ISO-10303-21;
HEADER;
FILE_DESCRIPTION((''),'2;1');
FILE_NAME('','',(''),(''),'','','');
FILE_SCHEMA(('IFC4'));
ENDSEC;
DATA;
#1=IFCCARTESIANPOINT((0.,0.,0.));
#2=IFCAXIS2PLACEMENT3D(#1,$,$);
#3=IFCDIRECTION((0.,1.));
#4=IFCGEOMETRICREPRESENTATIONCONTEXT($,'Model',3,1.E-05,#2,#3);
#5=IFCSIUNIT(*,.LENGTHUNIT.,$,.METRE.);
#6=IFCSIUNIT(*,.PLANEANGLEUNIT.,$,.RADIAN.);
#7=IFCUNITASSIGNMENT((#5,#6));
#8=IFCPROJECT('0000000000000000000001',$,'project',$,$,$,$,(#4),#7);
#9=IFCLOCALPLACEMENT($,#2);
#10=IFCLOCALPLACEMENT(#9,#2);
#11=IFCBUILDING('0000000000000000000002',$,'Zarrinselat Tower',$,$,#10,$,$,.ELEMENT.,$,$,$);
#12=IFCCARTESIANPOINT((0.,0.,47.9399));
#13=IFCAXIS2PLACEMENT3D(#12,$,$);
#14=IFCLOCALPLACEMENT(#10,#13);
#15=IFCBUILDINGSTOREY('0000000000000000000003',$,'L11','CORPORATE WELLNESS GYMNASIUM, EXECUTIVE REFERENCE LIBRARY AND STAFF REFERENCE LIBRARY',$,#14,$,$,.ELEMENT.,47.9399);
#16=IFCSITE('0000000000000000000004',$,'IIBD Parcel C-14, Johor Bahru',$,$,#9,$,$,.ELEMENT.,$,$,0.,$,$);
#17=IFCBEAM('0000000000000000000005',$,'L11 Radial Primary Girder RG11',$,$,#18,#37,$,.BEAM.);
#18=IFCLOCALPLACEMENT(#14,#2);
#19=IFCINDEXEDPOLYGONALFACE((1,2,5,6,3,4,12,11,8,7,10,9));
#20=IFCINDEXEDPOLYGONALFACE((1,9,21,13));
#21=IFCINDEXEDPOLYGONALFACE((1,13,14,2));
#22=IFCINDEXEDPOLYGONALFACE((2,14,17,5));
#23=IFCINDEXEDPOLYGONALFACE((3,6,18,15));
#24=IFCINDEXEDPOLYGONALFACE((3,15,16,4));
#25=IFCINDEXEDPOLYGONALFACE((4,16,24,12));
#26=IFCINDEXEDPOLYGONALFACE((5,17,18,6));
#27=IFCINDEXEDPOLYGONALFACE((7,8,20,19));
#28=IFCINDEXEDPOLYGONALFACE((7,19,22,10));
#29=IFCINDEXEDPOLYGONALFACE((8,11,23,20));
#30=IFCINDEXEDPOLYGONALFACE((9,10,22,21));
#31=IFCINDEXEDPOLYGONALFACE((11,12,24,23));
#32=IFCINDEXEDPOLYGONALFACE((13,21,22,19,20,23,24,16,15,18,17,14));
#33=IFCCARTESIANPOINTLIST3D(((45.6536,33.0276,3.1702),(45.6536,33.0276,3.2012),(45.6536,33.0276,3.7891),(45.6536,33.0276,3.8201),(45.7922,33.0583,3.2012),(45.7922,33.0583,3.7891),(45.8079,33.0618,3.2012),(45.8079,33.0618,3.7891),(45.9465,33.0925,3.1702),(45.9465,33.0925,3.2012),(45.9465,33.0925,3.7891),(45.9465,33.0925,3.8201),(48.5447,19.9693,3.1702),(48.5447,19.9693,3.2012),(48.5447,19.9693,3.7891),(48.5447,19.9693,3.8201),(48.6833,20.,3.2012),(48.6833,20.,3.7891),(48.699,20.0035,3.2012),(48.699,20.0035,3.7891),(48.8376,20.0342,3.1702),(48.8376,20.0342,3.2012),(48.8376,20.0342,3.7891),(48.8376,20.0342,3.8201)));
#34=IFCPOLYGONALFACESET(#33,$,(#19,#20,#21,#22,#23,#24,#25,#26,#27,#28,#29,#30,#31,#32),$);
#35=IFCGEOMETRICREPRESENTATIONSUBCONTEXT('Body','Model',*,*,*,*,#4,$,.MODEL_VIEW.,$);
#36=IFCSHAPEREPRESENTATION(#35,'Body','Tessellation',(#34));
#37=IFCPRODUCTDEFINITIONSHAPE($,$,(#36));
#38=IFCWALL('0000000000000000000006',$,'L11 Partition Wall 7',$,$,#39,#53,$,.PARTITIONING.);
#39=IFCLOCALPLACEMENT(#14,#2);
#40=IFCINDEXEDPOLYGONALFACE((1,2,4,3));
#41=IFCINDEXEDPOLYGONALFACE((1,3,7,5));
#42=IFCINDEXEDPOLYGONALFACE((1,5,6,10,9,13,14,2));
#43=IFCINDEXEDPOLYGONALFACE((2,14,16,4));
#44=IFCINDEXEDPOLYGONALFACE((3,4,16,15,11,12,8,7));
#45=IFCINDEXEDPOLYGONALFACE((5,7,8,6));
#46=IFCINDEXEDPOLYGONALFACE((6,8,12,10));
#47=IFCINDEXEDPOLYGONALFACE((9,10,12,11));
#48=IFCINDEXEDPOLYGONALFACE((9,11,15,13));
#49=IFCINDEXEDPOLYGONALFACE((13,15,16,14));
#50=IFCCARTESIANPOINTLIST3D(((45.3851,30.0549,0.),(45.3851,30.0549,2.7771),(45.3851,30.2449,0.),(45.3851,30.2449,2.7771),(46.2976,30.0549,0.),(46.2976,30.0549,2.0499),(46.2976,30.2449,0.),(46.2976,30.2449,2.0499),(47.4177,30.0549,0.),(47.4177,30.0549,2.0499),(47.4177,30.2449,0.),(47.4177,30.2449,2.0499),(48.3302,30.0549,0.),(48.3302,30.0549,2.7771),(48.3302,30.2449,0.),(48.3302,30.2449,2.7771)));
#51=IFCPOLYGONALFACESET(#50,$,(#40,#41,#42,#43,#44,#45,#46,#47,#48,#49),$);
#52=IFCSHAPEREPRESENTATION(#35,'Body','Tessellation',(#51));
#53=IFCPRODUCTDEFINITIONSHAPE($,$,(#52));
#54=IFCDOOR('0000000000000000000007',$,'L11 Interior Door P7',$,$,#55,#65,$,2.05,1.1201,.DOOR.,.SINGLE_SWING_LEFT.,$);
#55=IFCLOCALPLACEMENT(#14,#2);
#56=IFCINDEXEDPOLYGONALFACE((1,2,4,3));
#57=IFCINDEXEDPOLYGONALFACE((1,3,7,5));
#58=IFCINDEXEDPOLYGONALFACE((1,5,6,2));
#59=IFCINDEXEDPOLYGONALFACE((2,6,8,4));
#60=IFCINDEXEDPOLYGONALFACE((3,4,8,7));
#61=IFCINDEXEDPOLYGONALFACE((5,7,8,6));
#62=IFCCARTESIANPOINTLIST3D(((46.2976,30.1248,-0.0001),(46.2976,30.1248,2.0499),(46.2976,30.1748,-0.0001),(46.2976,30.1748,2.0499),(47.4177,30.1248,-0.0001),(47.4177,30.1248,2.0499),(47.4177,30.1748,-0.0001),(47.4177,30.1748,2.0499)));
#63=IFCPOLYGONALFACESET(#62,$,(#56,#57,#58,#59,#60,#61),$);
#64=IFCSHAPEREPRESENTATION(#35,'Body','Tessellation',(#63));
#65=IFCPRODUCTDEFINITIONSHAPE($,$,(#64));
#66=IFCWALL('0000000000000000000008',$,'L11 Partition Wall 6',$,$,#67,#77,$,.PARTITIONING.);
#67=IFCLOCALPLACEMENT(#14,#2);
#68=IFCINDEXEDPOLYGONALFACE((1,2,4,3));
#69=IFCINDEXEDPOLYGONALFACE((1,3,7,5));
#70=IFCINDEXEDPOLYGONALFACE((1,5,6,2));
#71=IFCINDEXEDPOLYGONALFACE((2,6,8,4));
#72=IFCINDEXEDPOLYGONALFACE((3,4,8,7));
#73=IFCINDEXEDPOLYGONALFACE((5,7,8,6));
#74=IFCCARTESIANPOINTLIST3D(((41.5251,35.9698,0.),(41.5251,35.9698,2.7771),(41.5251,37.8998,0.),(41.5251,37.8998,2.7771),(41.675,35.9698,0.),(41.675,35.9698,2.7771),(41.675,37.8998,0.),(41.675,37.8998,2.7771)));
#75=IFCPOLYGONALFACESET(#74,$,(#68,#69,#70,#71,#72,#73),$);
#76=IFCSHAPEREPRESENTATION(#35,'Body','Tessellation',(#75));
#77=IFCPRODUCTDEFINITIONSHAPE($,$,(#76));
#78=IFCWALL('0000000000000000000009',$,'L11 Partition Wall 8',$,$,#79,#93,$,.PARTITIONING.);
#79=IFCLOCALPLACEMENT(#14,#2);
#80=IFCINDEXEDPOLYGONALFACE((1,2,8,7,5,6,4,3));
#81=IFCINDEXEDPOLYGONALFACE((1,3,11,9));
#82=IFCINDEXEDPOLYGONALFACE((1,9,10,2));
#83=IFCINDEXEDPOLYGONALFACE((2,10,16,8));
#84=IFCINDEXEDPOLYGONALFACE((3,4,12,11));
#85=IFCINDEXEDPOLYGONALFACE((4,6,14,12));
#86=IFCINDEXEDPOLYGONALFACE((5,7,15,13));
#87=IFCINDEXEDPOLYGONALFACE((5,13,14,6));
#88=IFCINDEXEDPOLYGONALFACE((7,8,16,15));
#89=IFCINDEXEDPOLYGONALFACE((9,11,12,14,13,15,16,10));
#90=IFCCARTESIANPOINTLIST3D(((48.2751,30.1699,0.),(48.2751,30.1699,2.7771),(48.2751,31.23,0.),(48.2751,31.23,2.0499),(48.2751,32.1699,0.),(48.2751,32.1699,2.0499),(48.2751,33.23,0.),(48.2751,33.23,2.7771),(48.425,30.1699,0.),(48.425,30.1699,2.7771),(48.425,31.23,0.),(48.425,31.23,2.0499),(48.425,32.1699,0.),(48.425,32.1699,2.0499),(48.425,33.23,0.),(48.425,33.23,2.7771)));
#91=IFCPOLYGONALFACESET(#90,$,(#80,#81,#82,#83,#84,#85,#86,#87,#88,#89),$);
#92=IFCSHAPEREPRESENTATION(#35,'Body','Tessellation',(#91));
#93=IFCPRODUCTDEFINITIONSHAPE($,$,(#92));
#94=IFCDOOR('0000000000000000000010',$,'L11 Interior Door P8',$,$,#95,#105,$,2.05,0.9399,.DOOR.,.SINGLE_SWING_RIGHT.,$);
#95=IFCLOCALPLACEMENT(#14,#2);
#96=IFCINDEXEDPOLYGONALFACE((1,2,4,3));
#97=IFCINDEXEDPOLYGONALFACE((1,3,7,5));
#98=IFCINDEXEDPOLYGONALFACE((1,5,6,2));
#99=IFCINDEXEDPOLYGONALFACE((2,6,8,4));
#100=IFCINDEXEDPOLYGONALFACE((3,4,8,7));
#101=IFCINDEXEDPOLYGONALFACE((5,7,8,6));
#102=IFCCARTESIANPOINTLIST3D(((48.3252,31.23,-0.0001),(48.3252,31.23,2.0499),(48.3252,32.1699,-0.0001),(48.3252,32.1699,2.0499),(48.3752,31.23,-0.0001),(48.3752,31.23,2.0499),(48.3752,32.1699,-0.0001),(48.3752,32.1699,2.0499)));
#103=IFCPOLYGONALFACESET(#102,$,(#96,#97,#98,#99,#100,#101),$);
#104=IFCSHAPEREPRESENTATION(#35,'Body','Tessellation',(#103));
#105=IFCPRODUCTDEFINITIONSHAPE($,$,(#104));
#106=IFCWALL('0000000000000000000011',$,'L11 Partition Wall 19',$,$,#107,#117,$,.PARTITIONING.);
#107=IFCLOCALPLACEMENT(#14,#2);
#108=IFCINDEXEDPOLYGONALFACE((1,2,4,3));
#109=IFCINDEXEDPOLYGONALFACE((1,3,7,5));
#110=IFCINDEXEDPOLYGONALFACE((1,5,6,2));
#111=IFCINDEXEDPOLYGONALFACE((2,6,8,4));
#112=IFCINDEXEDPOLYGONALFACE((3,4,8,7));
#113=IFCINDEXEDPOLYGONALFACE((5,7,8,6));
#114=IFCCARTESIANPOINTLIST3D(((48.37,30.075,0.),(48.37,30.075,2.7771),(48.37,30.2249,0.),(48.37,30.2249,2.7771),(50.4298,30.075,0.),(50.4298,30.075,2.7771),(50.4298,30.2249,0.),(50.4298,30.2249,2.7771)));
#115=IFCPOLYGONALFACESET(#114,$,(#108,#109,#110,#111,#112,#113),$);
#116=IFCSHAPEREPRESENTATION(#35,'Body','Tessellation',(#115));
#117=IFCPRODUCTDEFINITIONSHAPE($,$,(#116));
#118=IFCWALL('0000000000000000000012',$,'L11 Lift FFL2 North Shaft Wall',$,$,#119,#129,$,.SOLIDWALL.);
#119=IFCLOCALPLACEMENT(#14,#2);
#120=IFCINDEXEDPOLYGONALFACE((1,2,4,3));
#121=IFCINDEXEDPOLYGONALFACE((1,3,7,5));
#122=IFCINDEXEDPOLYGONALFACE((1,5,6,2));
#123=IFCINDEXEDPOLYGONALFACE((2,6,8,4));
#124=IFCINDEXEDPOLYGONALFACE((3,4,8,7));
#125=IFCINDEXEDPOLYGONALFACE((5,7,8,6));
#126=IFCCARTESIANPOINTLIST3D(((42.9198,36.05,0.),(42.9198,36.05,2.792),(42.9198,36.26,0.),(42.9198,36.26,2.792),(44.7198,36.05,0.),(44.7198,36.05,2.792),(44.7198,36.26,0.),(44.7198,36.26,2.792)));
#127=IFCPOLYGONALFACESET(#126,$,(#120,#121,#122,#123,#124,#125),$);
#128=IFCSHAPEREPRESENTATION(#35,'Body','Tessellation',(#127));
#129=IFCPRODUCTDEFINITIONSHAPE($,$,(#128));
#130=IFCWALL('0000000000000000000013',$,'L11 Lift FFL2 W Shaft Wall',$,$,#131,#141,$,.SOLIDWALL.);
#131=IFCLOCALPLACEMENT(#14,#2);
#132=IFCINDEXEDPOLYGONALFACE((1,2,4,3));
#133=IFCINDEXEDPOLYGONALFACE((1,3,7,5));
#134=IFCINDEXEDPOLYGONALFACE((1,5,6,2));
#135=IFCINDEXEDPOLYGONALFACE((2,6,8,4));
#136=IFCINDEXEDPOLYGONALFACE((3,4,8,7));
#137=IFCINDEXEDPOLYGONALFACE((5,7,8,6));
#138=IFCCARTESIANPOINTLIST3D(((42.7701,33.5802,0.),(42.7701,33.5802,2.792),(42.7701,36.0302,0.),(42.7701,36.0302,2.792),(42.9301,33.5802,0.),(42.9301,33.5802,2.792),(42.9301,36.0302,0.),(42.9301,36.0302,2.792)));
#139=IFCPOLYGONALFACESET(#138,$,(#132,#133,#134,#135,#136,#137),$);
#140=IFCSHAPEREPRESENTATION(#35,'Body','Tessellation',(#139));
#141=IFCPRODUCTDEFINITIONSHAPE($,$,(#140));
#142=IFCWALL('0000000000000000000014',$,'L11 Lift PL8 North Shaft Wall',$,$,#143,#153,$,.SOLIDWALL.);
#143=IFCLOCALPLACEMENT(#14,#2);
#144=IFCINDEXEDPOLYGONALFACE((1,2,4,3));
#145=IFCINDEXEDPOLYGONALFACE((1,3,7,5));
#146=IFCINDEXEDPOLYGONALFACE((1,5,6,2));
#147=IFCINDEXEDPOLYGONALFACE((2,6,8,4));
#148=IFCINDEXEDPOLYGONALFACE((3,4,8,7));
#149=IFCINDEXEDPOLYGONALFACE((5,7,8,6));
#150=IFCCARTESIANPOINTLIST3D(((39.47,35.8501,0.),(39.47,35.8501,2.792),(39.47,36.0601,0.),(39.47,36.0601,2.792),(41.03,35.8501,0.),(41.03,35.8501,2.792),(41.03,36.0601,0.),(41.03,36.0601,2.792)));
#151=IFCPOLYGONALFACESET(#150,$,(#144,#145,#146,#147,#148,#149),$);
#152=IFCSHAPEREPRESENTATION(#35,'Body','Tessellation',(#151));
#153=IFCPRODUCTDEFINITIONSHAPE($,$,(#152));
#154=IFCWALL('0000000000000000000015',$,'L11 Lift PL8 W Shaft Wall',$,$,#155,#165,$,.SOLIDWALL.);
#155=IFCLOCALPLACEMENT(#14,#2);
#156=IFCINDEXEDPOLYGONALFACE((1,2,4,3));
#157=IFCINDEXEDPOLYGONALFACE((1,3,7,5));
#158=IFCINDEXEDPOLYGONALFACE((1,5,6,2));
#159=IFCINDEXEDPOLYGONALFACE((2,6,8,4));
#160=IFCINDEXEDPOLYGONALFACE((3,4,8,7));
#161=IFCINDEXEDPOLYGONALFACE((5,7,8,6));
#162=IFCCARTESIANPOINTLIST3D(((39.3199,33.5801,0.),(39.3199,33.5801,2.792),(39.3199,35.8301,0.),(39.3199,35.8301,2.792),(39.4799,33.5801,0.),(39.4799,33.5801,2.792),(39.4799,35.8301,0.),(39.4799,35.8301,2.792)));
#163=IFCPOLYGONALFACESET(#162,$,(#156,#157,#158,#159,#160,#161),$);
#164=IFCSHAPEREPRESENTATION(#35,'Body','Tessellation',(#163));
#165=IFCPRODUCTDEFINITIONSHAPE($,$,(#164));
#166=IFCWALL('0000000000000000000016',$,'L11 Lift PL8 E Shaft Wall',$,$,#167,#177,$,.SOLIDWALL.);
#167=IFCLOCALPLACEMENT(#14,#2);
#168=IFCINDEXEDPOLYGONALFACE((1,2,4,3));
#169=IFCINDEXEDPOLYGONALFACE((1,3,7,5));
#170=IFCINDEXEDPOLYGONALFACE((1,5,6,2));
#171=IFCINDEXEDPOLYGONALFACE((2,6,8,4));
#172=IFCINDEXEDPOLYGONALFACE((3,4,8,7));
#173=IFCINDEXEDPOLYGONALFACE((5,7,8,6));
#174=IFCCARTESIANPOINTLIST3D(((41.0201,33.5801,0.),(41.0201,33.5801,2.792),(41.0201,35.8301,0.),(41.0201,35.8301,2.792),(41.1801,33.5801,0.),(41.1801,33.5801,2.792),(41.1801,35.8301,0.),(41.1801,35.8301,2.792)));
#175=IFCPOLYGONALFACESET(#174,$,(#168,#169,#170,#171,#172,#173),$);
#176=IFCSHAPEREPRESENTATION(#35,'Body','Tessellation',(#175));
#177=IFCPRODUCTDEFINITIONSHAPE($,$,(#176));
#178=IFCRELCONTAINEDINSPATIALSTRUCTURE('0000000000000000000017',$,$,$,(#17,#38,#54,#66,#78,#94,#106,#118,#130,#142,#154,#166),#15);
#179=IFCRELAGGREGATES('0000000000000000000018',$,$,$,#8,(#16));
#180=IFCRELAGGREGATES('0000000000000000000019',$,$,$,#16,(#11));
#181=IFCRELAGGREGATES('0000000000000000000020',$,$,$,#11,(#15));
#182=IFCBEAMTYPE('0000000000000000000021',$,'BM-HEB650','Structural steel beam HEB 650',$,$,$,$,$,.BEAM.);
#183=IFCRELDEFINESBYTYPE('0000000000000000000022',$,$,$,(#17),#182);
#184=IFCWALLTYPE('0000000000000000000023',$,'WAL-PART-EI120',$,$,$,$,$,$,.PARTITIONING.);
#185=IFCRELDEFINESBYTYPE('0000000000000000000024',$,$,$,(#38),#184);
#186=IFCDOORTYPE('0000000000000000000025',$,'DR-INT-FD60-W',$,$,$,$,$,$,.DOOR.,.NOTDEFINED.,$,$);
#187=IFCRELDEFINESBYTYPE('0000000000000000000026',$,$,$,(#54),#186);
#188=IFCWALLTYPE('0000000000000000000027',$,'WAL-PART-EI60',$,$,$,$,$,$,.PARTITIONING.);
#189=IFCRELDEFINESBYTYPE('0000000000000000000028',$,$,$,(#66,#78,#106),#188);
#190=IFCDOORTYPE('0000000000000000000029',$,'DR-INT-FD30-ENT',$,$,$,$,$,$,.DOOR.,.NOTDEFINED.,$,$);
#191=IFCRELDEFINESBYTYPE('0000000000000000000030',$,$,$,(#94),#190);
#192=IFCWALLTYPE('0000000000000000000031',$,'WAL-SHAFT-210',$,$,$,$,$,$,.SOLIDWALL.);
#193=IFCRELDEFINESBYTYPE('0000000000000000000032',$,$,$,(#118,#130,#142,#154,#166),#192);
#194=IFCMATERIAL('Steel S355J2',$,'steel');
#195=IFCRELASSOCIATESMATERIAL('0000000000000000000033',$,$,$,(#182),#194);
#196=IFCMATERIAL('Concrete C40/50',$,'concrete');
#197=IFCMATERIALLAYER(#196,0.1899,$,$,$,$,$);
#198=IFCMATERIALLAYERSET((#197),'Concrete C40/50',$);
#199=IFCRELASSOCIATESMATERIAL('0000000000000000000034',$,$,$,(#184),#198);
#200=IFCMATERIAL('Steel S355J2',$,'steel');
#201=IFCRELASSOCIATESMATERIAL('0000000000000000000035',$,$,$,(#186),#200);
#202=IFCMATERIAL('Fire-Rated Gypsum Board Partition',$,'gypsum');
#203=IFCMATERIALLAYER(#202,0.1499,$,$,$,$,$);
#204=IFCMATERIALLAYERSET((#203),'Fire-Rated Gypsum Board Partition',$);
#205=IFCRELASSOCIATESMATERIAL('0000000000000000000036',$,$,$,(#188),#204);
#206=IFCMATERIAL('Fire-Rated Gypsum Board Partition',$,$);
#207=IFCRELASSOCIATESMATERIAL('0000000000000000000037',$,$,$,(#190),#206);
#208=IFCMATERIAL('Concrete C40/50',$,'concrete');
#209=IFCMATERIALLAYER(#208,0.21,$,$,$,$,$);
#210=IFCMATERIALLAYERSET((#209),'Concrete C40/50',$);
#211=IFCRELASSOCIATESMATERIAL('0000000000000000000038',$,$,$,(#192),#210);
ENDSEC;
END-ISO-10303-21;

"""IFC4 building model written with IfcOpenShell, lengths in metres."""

from ifc_helpers import new_model, si_unit, direction, frame, frame_2d, origin, origin_2d, place, context, subcontext, project, spatial, rectangle, i_section, extrude, material, layer, layer_set, material_profile, profile_set, type_object, element, fill, save


model = new_model("IFC4")

# Units and contexts
model_context = context("Model", 3, precision=1e-05, world=origin(), true_north=direction((0.0, 1.0)))
body_context = subcontext(model_context, "Body", "Model", "MODEL_VIEW")
ifc_project = project(units=[si_unit("LENGTHUNIT", "METRE"), si_unit("PLANEANGLEUNIT", "RADIAN")], contexts=[model_context])

# Site, building, storey
site_placement = place(None, origin())
site = spatial("IfcSite", under=ifc_project, at=site_placement, Name="IIBD Parcel C-14, Johor Bahru", CompositionType="ELEMENT", RefElevation=0.0)
building_placement = place(site_placement, origin())
building = spatial("IfcBuilding", under=site, at=building_placement, Name="Zarrinselat Tower", CompositionType="ELEMENT")
storey_placement = place(building_placement, frame((0.0, 0.0, 47.9399)))
storey = spatial("IfcBuildingStorey", under=building, at=storey_placement, Name="L11", Description="CORPORATE WELLNESS GYMNASIUM, EXECUTIVE REFERENCE LIBRARY AND STAFF REFERENCE LIBRARY", CompositionType="ELEMENT", Elevation=47.9399)

# Beam
ifc_material_1 = material(Name="Steel S355J2", Category="steel")
ifc_material_profile = material_profile(ifc_material_1, i_section(OverallWidth=0.3, OverallDepth=0.6499, WebThickness=0.0161, FlangeThickness=0.031, at=origin_2d()), Name="HEB 650")
ifc_profile_set = profile_set([ifc_material_profile], Name="Steel S355J2")
beam_type = type_object("IfcBeamType", Name="BM-HEB650", Description="Structural steel beam HEB 650", PredefinedType="BEAM", material=ifc_profile_set)
beam_placement = place(storey_placement, frame((45.8, 33.0601, 3.4951), z_axis=(0.216165, -0.976357, 0.0), x_axis=(0.976357, 0.216165, 0.0)))
element("IfcBeam", 1, at=beam_placement, inside=storey, type_object=beam_type, Name="L11 Radial Primary Girder RG11", PredefinedType="BEAM", context=body_context, shape_type="SweptSolid", body=[
    extrude(i_section(OverallWidth=0.3, OverallDepth=0.6499, WebThickness=0.0161, FlangeThickness=0.031, at=origin_2d()), origin(), (0.0, 0.0, 1.0), 13.3745),
])

# Wall, opening, door
ifc_material_2 = material(Name="Concrete C40/50", Category="concrete")
ifc_layer_1 = layer(ifc_material_2, 0.1899)
ifc_layer_set_1 = layer_set([ifc_layer_1], Name="Concrete C40/50")
wall_type_1 = type_object("IfcWallType", Name="WAL-PART-EI120", PredefinedType="PARTITIONING", material=ifc_layer_set_1)
wall_1_placement = place(storey_placement, frame((45.385, 30.1499, 0.0), z_axis=(0.0, 0.0, 1.0), x_axis=(1.0, 0.0, 0.0)))
wall_1 = element("IfcWall", 2, at=wall_1_placement, inside=storey, type_object=wall_type_1, Name="L11 Partition Wall 7", PredefinedType="PARTITIONING", context=body_context, shape_type="SweptSolid", body=[
    extrude(rectangle(XDim=2.9451, YDim=0.1899, at=frame_2d((1.4727, 0.0))), origin(), (0.0, 0.0, 1.0), 2.7771),
])
opening_1_placement = place(wall_1_placement, frame((0.9126, 0.0, 0.0)))
opening_1 = element("IfcOpeningElement", 3, at=opening_1_placement, cuts=wall_1, PredefinedType="OPENING", context=body_context, shape_type="SweptSolid", body=[
    extrude(rectangle(XDim=1.1201, YDim=2.05, at=frame_2d((0.5601, 1.0249))), frame((0.0, 0.105, 0.0), z_axis=(0.0, -1.0, 0.0), x_axis=(1.0, 0.0, 0.0)), (0.0, 0.0, 1.0), 0.21),
])
ifc_material_3 = material(Name="Steel S355J2", Category="steel")
door_type_1 = type_object("IfcDoorType", Name="DR-INT-FD60-W", OperationType="NOTDEFINED", PredefinedType="DOOR", material=ifc_material_3)
door_1_placement = place(opening_1_placement, origin())
door_1 = element("IfcDoor", 4, at=door_1_placement, inside=storey, type_object=door_type_1, Name="L11 Interior Door P7", OperationType="SINGLE_SWING_LEFT", OverallHeight=2.05, OverallWidth=1.1201, PredefinedType="DOOR", context=body_context, shape_type="SweptSolid", body=[
    extrude(rectangle(XDim=1.1201, YDim=2.05, at=frame_2d((0.5601, 1.0249))), frame((0.0, 0.0249, 0.0), z_axis=(0.0, -1.0, 0.0), x_axis=(1.0, 0.0, 0.0)), (0.0, 0.0, 1.0), 0.05),
])
fill(opening_1, door_1)

# Wall
ifc_material_4 = material(Name="Fire-Rated Gypsum Board Partition", Category="gypsum")
ifc_layer_2 = layer(ifc_material_4, 0.1499)
ifc_layer_set_2 = layer_set([ifc_layer_2], Name="Fire-Rated Gypsum Board Partition")
wall_type_2 = type_object("IfcWallType", Name="WAL-PART-EI60", PredefinedType="PARTITIONING", material=ifc_layer_set_2)
wall_2_placement = place(storey_placement, frame((41.6001, 35.97, 0.0), z_axis=(0.0, 0.0, 1.0), x_axis=(0.0, 1.0, 0.0)))
element("IfcWall", 5, at=wall_2_placement, inside=storey, type_object=wall_type_2, Name="L11 Partition Wall 6", PredefinedType="PARTITIONING", context=body_context, shape_type="SweptSolid", body=[
    extrude(rectangle(XDim=1.9299, YDim=0.1499, at=frame_2d((0.9648, 0.0))), origin(), (0.0, 0.0, 1.0), 2.7771),
])

# Wall, opening, door
wall_3_placement = place(storey_placement, frame((48.3501, 30.1699, 0.0), z_axis=(0.0, 0.0, 1.0), x_axis=(0.0, 1.0, 0.0)))
wall_3 = element("IfcWall", 6, at=wall_3_placement, inside=storey, type_object=wall_type_2, Name="L11 Partition Wall 8", PredefinedType="PARTITIONING", context=body_context, shape_type="SweptSolid", body=[
    extrude(rectangle(XDim=3.0601, YDim=0.1499, at=frame_2d((1.53, 0.0))), origin(), (0.0, 0.0, 1.0), 2.7771),
])
opening_2_placement = place(wall_3_placement, frame((1.0601, 0.0, 0.0)))
opening_2 = element("IfcOpeningElement", 7, at=opening_2_placement, cuts=wall_3, PredefinedType="OPENING", context=body_context, shape_type="SweptSolid", body=[
    extrude(rectangle(XDim=0.9399, YDim=2.05, at=frame_2d((0.47, 1.0249))), frame((0.0, 0.085, 0.0), z_axis=(0.0, -1.0, 0.0), x_axis=(1.0, 0.0, 0.0)), (0.0, 0.0, 1.0), 0.1699),
])
ifc_material_5 = material(Name="Fire-Rated Gypsum Board Partition")
door_type_2 = type_object("IfcDoorType", Name="DR-INT-FD30-ENT", OperationType="NOTDEFINED", PredefinedType="DOOR", material=ifc_material_5)
door_2_placement = place(opening_2_placement, origin())
door_2 = element("IfcDoor", 8, at=door_2_placement, inside=storey, type_object=door_type_2, Name="L11 Interior Door P8", OperationType="SINGLE_SWING_RIGHT", OverallHeight=2.05, OverallWidth=0.9399, PredefinedType="DOOR", context=body_context, shape_type="SweptSolid", body=[
    extrude(rectangle(XDim=0.9399, YDim=2.05, at=frame_2d((0.47, 1.0249))), frame((0.0, 0.0249, 0.0), z_axis=(0.0, -1.0, 0.0), x_axis=(1.0, 0.0, 0.0)), (0.0, 0.0, 1.0), 0.05),
])
fill(opening_2, door_2)

# Walls
wall_4_placement = place(storey_placement, frame((48.3701, 30.1499, 0.0), z_axis=(0.0, 0.0, 1.0), x_axis=(1.0, 0.0, 0.0)))
element("IfcWall", 9, at=wall_4_placement, inside=storey, type_object=wall_type_2, Name="L11 Partition Wall 19", PredefinedType="PARTITIONING", context=body_context, shape_type="SweptSolid", body=[
    extrude(rectangle(XDim=2.0598, YDim=0.1499, at=frame_2d((1.0298, 0.0))), origin(), (0.0, 0.0, 1.0), 2.7771),
])
ifc_material_6 = material(Name="Concrete C40/50", Category="concrete")
ifc_layer_3 = layer(ifc_material_6, 0.21)
ifc_layer_set_3 = layer_set([ifc_layer_3], Name="Concrete C40/50")
wall_type_3 = type_object("IfcWallType", Name="WAL-SHAFT-210", PredefinedType="SOLIDWALL", material=ifc_layer_set_3)
wall_5_placement = place(storey_placement, frame((42.9199, 36.155, 0.0), z_axis=(0.0, 0.0, 1.0), x_axis=(1.0, 0.0, 0.0)))
element("IfcWall", 10, at=wall_5_placement, inside=storey, type_object=wall_type_3, Name="L11 Lift FFL2 North Shaft Wall", PredefinedType="SOLIDWALL", context=body_context, shape_type="SweptSolid", body=[
    extrude(rectangle(XDim=1.8, YDim=0.21, at=frame_2d((0.8999, 0.0))), origin(), (0.0, 0.0, 1.0), 2.792),
])
wall_6_placement = place(storey_placement, frame((42.8501, 33.5801, 0.0), z_axis=(0.0, 0.0, 1.0), x_axis=(0.0, 1.0, 0.0)))
element("IfcWall", 11, at=wall_6_placement, inside=storey, type_object=wall_type_3, Name="L11 Lift FFL2 W Shaft Wall", PredefinedType="SOLIDWALL", context=body_context, shape_type="SweptSolid", body=[
    extrude(rectangle(XDim=2.45, YDim=0.1599, at=frame_2d((1.2251, 0.0))), origin(), (0.0, 0.0, 1.0), 2.792),
])
wall_7_placement = place(storey_placement, frame((39.47, 35.9551, 0.0), z_axis=(0.0, 0.0, 1.0), x_axis=(1.0, 0.0, 0.0)))
element("IfcWall", 12, at=wall_7_placement, inside=storey, type_object=wall_type_3, Name="L11 Lift PL8 North Shaft Wall", PredefinedType="SOLIDWALL", context=body_context, shape_type="SweptSolid", body=[
    extrude(rectangle(XDim=1.5601, YDim=0.21, at=frame_2d((0.78, 0.0))), origin(), (0.0, 0.0, 1.0), 2.792),
])
for number, where, z_axis, x_axis, name in (
    (13, (39.3999, 33.5801, 0.0), (0.0, 0.0, 1.0), (0.0, 1.0, 0.0), "L11 Lift PL8 W Shaft Wall"),
    (14, (41.1001, 33.5801, 0.0), (0.0, 0.0, 1.0), (0.0, 1.0, 0.0), "L11 Lift PL8 E Shaft Wall"),
):
    element("IfcWall", number, at=place(storey_placement, frame(where, z_axis=z_axis, x_axis=x_axis)), inside=storey, type_object=wall_type_3, Name=name, PredefinedType="SOLIDWALL", context=body_context, shape_type="SweptSolid", body=[
        extrude(rectangle(XDim=2.25, YDim=0.1599, at=frame_2d((1.125, 0.0))), origin(), (0.0, 0.0, 1.0), 2.792),
    ])

save(model, "model.ifc")
